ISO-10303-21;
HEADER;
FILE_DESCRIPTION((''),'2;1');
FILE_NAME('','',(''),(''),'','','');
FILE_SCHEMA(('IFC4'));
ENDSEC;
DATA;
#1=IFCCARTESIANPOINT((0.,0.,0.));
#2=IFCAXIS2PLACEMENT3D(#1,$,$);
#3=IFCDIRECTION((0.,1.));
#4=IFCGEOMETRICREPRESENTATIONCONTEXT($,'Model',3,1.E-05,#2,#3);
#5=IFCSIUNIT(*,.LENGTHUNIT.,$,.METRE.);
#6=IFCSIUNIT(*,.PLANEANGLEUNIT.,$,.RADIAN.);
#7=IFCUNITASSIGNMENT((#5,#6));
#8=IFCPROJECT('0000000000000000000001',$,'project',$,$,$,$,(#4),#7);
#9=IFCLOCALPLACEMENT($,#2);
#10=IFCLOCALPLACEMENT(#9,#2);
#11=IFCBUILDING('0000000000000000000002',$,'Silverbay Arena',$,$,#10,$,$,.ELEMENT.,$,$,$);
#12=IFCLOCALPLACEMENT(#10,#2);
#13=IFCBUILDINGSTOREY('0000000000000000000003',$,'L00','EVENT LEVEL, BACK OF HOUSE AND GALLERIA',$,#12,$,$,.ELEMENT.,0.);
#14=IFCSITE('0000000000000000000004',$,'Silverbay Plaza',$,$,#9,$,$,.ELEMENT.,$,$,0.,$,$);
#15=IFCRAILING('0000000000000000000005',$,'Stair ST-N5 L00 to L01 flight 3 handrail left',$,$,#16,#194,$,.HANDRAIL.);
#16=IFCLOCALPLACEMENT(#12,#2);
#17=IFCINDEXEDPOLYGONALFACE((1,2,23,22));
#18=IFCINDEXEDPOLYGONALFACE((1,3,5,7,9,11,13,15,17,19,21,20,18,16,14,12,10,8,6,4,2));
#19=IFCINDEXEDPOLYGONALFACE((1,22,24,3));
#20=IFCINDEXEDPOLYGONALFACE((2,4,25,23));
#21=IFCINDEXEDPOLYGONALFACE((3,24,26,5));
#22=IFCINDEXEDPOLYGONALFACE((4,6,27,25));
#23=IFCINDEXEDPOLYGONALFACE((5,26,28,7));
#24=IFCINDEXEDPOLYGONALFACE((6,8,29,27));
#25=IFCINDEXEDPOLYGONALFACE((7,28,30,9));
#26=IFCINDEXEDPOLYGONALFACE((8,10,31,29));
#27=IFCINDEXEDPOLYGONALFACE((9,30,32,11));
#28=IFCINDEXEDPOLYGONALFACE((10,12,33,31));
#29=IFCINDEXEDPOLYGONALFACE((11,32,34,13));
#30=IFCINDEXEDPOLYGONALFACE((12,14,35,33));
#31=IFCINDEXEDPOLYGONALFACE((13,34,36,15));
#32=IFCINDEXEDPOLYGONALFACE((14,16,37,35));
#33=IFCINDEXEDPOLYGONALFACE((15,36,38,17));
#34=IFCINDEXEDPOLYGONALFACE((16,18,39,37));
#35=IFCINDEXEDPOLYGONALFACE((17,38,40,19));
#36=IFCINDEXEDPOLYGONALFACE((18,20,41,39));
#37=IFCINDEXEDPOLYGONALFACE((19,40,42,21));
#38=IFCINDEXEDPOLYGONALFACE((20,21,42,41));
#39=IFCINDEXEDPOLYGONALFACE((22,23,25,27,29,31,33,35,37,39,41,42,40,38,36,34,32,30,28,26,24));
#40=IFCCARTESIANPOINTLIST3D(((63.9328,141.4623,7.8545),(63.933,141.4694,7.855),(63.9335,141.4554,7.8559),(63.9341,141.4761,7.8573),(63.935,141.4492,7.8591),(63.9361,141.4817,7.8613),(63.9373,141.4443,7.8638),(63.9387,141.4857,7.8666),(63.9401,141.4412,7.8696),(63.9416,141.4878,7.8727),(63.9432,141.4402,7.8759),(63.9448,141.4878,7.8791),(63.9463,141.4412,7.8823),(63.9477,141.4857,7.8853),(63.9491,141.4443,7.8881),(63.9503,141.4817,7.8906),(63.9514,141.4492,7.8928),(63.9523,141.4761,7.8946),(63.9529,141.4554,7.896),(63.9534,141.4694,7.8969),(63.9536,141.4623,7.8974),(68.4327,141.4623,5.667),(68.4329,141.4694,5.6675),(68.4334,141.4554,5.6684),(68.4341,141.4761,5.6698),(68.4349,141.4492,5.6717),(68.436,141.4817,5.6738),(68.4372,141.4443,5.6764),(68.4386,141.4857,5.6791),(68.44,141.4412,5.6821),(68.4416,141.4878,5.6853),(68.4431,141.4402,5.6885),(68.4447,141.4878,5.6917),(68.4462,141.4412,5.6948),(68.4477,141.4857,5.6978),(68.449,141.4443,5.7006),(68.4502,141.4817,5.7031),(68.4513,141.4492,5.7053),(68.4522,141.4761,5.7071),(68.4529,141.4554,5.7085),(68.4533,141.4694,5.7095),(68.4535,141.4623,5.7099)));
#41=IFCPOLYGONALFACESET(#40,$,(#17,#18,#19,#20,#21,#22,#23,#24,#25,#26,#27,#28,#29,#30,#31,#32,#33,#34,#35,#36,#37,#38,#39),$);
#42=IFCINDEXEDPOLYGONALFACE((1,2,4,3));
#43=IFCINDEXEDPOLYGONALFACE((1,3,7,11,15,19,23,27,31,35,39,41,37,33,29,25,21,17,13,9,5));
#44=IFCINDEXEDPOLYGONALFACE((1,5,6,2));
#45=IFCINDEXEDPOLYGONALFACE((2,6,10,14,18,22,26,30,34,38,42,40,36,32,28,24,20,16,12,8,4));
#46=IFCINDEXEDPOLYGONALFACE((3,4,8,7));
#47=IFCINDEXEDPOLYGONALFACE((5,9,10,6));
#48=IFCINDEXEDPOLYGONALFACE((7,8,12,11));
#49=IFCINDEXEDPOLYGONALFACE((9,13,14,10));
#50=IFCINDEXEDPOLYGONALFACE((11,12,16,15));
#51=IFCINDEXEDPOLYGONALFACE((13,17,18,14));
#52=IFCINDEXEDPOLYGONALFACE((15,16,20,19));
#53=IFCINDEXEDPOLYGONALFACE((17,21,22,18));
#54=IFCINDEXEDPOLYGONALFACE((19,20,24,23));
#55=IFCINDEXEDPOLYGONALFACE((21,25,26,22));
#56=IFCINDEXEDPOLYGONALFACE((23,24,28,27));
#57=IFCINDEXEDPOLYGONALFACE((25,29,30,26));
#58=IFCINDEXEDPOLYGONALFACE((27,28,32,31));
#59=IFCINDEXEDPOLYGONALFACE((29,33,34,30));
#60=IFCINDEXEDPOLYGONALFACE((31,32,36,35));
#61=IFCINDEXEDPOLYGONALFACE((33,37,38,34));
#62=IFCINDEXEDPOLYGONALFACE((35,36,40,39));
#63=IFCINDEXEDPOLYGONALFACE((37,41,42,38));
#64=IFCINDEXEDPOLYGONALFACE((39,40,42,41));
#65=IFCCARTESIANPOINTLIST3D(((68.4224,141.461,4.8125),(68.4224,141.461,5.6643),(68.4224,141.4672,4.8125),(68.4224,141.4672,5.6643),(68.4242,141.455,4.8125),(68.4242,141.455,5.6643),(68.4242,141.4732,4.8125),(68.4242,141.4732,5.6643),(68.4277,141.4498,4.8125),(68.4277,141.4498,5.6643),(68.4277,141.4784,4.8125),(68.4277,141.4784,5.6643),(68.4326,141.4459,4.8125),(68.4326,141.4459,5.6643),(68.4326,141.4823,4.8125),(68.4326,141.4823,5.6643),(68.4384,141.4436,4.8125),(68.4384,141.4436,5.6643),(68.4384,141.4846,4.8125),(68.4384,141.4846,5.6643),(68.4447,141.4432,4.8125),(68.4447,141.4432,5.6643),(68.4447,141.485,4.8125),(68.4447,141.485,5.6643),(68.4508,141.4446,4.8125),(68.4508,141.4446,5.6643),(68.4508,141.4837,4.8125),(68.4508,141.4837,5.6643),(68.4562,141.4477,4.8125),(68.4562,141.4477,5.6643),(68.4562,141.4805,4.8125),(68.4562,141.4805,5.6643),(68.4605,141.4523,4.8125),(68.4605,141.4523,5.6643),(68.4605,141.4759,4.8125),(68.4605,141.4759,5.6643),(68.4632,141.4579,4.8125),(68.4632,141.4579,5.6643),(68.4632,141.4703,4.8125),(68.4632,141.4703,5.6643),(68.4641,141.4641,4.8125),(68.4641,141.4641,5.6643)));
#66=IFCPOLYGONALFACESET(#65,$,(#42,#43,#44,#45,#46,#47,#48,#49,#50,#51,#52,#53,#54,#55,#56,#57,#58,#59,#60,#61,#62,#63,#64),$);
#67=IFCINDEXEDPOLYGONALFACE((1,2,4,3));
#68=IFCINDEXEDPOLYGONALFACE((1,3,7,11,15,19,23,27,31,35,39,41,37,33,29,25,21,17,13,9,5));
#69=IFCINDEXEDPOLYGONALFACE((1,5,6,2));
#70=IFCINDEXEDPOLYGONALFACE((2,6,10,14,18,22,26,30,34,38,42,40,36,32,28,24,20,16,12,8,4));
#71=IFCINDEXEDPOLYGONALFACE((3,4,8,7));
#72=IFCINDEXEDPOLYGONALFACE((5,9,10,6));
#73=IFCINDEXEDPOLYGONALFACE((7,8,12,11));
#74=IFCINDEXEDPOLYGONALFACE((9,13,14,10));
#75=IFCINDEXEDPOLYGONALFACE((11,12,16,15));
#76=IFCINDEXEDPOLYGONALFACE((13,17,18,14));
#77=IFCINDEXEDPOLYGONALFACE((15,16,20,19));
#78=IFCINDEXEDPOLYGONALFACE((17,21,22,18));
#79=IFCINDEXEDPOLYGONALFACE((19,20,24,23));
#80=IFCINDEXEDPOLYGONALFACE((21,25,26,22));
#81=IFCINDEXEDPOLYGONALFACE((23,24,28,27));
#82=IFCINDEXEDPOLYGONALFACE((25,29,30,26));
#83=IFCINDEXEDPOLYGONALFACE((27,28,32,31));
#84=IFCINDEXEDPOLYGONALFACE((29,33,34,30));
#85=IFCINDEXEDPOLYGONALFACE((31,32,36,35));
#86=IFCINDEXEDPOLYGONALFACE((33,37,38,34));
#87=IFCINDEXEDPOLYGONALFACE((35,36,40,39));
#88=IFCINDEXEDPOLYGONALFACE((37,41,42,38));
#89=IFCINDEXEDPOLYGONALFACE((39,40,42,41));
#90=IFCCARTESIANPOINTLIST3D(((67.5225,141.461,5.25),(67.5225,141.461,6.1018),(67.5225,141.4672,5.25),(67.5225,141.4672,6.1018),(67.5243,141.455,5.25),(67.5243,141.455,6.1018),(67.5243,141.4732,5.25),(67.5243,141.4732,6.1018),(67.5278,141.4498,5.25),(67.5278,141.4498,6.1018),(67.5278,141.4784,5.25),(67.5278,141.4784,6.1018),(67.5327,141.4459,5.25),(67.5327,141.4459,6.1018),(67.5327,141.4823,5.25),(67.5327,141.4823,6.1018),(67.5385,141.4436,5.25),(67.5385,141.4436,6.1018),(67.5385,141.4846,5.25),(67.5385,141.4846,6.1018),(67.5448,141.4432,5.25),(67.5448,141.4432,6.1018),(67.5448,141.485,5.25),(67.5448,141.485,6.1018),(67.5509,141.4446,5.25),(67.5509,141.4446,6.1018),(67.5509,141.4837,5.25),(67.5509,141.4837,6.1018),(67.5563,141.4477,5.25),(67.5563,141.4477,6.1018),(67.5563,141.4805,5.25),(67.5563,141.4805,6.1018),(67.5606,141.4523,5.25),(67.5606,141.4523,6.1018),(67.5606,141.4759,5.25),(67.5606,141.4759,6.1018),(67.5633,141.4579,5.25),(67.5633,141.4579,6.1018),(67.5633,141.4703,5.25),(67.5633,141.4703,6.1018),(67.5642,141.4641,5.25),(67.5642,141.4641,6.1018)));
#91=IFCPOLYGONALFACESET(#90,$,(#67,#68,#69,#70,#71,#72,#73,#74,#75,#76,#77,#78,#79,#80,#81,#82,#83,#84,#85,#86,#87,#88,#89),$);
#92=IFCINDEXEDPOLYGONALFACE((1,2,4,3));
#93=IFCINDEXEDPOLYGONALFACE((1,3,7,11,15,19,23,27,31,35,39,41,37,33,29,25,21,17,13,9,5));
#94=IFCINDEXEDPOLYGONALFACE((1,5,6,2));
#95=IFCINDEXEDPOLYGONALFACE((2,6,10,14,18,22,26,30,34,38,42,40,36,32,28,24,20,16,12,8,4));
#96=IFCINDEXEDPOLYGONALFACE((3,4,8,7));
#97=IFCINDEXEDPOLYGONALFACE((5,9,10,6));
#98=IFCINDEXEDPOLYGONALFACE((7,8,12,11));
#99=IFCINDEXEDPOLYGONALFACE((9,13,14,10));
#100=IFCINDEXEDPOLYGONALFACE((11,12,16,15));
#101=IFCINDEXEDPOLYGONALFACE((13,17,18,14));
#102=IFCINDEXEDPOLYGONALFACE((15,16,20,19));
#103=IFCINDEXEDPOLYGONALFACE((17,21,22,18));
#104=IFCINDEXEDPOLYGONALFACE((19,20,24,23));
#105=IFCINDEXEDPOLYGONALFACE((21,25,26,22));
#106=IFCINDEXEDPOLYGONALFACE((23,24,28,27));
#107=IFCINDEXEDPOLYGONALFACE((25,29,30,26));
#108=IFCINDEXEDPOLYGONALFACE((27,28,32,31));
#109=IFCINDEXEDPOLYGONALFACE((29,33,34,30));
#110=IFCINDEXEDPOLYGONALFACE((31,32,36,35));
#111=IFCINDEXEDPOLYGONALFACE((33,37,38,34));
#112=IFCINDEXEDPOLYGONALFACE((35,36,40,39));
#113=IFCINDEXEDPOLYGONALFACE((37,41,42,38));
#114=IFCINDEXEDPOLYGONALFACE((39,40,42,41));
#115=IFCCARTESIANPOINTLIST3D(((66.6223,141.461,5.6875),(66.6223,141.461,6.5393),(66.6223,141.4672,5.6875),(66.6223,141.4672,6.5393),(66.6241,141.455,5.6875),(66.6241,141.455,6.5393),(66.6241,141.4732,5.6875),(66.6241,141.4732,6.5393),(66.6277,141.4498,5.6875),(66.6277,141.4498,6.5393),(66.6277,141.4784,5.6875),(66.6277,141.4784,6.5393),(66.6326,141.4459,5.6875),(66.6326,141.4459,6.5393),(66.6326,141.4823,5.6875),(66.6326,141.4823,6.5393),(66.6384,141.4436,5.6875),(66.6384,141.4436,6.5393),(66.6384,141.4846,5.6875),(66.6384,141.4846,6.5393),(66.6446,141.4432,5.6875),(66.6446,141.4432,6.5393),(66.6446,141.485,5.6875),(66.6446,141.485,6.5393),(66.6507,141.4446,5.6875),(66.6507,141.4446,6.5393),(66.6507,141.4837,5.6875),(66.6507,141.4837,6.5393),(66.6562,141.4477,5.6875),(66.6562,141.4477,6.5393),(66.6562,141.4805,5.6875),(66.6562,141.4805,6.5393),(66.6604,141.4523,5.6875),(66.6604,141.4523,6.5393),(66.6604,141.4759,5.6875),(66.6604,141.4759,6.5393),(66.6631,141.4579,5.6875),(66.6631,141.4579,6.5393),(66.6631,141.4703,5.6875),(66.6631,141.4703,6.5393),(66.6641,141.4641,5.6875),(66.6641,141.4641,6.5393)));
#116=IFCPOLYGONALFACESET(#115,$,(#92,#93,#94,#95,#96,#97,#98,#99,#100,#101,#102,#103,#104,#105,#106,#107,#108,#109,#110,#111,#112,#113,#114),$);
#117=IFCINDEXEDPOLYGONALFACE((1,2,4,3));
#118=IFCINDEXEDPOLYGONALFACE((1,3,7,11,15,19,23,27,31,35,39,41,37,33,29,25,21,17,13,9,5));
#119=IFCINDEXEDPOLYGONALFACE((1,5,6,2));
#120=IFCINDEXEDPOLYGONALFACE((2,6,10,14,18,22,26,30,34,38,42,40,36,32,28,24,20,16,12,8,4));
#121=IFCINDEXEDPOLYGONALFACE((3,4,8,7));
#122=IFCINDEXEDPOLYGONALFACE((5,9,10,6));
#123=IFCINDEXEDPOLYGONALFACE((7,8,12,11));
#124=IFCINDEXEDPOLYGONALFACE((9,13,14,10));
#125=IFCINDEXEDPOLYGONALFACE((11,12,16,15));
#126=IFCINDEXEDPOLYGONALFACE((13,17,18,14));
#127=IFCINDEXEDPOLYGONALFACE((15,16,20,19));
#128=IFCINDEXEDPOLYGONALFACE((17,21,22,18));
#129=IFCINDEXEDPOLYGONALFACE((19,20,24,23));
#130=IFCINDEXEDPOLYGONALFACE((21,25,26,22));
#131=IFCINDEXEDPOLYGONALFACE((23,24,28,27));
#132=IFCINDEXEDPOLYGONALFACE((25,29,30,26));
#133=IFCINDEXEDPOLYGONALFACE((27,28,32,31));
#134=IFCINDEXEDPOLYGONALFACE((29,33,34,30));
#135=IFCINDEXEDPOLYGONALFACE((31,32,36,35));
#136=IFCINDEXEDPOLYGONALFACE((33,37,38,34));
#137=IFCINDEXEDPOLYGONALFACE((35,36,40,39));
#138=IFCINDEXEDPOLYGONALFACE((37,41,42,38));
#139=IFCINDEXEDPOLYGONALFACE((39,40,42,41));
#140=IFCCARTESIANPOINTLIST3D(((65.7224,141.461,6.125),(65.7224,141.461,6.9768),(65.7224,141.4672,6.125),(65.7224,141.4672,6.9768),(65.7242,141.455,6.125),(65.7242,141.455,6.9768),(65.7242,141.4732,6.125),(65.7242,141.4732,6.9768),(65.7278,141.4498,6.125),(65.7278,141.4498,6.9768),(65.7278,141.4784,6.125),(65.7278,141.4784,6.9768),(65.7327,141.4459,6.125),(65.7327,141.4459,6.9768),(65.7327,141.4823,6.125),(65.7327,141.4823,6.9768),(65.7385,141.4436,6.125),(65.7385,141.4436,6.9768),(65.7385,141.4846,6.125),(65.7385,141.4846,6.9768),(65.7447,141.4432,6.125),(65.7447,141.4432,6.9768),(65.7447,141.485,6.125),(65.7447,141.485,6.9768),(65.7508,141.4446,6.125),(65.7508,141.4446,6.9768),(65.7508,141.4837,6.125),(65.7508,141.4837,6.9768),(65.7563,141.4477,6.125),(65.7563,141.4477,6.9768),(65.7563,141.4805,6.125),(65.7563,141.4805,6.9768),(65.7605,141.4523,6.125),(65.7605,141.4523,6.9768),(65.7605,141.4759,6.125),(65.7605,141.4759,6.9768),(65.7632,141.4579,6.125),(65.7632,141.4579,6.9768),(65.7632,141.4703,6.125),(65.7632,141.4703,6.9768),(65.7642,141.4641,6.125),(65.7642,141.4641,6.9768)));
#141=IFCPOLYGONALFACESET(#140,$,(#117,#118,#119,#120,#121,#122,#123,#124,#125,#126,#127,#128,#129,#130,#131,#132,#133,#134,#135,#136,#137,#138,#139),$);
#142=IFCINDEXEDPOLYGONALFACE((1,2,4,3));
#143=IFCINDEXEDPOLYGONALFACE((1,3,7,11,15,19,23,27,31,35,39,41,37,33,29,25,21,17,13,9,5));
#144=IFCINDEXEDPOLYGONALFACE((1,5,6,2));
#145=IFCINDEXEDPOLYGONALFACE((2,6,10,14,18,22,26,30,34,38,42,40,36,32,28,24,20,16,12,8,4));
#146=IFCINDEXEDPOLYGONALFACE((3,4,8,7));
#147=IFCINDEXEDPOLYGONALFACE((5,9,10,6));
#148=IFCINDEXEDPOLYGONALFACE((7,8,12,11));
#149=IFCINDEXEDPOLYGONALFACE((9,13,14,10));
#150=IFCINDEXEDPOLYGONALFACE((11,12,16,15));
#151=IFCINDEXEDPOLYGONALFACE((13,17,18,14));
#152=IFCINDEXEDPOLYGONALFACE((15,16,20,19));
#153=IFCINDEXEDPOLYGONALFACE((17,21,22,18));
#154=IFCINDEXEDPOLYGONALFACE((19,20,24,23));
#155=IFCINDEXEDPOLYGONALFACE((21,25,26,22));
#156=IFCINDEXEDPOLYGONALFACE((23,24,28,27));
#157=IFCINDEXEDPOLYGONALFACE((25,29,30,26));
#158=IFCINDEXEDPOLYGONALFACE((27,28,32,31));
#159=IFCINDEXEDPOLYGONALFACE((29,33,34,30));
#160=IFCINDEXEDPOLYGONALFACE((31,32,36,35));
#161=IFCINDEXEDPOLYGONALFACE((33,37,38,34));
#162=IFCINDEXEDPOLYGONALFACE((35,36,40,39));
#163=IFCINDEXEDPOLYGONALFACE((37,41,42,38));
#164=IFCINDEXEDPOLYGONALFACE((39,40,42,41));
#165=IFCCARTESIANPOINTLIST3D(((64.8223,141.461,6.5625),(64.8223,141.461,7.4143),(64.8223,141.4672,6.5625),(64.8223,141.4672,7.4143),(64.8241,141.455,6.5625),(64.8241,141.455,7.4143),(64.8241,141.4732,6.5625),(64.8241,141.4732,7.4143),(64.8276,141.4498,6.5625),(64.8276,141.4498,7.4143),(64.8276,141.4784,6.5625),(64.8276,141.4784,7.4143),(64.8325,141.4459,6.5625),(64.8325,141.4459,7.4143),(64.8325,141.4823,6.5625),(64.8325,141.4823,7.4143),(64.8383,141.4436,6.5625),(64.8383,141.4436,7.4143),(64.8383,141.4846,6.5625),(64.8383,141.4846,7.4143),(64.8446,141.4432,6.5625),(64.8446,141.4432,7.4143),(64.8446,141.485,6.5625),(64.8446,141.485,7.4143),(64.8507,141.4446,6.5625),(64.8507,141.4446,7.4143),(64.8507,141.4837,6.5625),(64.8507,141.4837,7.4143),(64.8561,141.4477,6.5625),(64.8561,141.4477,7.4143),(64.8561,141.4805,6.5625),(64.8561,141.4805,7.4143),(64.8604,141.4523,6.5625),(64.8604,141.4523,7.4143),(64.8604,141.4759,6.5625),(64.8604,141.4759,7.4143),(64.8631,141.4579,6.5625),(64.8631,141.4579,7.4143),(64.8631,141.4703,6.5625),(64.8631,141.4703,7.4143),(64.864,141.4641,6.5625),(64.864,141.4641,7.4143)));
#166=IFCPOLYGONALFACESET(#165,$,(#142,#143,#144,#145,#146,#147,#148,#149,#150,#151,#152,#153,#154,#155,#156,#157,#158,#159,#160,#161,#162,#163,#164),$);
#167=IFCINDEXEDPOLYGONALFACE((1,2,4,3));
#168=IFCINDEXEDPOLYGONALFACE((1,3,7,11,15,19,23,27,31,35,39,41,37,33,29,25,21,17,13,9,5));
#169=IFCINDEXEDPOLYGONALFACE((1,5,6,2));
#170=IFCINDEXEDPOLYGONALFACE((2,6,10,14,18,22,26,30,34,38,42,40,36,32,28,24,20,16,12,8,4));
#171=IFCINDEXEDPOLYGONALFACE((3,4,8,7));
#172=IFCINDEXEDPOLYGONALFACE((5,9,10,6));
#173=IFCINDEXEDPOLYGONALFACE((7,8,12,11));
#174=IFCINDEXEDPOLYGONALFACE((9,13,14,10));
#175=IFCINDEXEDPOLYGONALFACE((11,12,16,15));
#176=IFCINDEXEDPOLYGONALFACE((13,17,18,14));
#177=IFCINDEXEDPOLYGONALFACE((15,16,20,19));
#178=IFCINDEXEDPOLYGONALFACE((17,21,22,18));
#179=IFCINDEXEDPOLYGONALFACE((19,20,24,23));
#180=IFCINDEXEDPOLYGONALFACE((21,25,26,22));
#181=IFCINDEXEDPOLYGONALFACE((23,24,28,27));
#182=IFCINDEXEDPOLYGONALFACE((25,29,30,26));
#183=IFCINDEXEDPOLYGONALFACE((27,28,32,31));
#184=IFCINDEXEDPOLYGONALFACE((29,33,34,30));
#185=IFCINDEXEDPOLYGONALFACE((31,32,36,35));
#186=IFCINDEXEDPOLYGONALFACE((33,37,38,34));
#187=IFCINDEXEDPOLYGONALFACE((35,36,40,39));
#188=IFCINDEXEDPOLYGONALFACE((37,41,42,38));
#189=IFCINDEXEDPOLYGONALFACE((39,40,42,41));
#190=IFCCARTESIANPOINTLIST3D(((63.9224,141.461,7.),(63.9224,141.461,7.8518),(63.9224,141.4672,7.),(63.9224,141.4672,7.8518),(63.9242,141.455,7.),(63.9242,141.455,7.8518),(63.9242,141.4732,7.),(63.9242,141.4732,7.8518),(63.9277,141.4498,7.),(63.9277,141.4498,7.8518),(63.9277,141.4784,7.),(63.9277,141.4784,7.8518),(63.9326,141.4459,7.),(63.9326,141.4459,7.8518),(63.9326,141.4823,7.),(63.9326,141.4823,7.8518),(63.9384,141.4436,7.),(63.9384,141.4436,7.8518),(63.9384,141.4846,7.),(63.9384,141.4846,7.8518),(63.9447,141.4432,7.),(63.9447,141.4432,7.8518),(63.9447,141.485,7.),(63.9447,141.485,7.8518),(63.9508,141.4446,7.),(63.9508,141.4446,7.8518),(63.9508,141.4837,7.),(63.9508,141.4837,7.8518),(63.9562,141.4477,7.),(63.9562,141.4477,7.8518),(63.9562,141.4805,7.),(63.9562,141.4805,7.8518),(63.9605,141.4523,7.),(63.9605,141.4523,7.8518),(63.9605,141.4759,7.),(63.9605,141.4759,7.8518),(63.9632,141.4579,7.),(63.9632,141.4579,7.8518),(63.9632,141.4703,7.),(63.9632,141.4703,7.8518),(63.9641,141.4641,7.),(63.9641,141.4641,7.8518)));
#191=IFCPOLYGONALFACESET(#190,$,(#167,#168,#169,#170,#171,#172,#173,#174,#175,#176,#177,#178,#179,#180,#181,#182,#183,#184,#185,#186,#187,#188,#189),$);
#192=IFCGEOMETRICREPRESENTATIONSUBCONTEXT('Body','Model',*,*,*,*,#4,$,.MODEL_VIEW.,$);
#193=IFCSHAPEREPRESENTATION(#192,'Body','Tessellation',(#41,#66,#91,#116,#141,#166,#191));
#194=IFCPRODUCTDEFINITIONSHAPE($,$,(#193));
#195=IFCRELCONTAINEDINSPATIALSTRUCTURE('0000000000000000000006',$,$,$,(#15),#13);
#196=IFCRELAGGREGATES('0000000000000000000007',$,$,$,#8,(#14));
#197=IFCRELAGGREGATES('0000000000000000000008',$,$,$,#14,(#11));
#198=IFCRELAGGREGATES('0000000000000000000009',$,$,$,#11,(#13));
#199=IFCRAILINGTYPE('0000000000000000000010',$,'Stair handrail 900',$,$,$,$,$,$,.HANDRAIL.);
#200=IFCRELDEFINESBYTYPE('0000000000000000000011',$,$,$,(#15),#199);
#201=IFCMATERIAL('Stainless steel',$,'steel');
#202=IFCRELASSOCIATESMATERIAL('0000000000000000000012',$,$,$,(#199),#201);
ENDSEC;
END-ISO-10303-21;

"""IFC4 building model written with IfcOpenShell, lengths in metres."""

from ifc_helpers import new_model, si_unit, direction, frame, origin, origin_2d, place, context, subcontext, project, spatial, circle, extrude, material, type_object, element, save


model = new_model("IFC4")

# Units and contexts
model_context = context("Model", 3, precision=1e-05, world=origin(), true_north=direction((0.0, 1.0)))
body_context = subcontext(model_context, "Body", "Model", "MODEL_VIEW")
ifc_project = project(units=[si_unit("LENGTHUNIT", "METRE"), si_unit("PLANEANGLEUNIT", "RADIAN")], contexts=[model_context])

# Site, building, storey
site_placement = place(None, origin())
site = spatial("IfcSite", under=ifc_project, at=site_placement, Name="Silverbay Plaza", CompositionType="ELEMENT", RefElevation=0.0)
building_placement = place(site_placement, origin())
building = spatial("IfcBuilding", under=site, at=building_placement, Name="Silverbay Arena", CompositionType="ELEMENT")
storey_placement = place(building_placement, origin())
storey = spatial("IfcBuildingStorey", under=building, at=storey_placement, Name="L00", Description="EVENT LEVEL, BACK OF HOUSE AND GALLERIA", CompositionType="ELEMENT", Elevation=0.0)

# Railing
ifc_material_1 = material(Name="Stainless steel", Category="steel")
railing_type_1 = type_object("IfcRailingType", Name="Stair handrail 900", PredefinedType="HANDRAIL", material=ifc_material_1)
for number, where, name in (
    (1, (68.4431, 141.4641, 4.8125), "Stair ST-N5 L00 to L01 flight 3 handrail left"),
):
    element("IfcRailing", number, at=place(storey_placement, frame(where)), inside=storey, type_object=railing_type_1, Name=name, PredefinedType="HANDRAIL", context=body_context, shape_type="SweptSolid", body=[
        extrude(circle(Radius=0.0239, at=origin_2d()), frame((0.0, 0.0, 0.876), z_axis=(-0.899368, 0.0, 0.437193), x_axis=(0.0, -1.0, 0.0)), (0.0, 0.0, 1.0), 5.0034),
        extrude(circle(Radius=0.021, at=origin_2d()), origin(), (0.0, 0.0, 1.0), 0.8518),
        extrude(circle(Radius=0.021, at=origin_2d()), frame((-0.8999, 0.0, 0.4375)), (0.0, 0.0, 1.0), 0.8518),
        extrude(circle(Radius=0.021, at=origin_2d()), frame((-1.8, 0.0, 0.875)), (0.0, 0.0, 1.0), 0.8518),
        extrude(circle(Radius=0.021, at=origin_2d()), frame((-2.7, 0.0, 1.3125)), (0.0, 0.0, 1.0), 0.8518),
        extrude(circle(Radius=0.021, at=origin_2d()), frame((-3.6001, 0.0, 1.75)), (0.0, 0.0, 1.0), 0.8518),
        extrude(circle(Radius=0.021, at=origin_2d()), frame((-4.5, 0.0, 2.1875)), (0.0, 0.0, 1.0), 0.8518),
    ])

save(model, "model.ifc")
